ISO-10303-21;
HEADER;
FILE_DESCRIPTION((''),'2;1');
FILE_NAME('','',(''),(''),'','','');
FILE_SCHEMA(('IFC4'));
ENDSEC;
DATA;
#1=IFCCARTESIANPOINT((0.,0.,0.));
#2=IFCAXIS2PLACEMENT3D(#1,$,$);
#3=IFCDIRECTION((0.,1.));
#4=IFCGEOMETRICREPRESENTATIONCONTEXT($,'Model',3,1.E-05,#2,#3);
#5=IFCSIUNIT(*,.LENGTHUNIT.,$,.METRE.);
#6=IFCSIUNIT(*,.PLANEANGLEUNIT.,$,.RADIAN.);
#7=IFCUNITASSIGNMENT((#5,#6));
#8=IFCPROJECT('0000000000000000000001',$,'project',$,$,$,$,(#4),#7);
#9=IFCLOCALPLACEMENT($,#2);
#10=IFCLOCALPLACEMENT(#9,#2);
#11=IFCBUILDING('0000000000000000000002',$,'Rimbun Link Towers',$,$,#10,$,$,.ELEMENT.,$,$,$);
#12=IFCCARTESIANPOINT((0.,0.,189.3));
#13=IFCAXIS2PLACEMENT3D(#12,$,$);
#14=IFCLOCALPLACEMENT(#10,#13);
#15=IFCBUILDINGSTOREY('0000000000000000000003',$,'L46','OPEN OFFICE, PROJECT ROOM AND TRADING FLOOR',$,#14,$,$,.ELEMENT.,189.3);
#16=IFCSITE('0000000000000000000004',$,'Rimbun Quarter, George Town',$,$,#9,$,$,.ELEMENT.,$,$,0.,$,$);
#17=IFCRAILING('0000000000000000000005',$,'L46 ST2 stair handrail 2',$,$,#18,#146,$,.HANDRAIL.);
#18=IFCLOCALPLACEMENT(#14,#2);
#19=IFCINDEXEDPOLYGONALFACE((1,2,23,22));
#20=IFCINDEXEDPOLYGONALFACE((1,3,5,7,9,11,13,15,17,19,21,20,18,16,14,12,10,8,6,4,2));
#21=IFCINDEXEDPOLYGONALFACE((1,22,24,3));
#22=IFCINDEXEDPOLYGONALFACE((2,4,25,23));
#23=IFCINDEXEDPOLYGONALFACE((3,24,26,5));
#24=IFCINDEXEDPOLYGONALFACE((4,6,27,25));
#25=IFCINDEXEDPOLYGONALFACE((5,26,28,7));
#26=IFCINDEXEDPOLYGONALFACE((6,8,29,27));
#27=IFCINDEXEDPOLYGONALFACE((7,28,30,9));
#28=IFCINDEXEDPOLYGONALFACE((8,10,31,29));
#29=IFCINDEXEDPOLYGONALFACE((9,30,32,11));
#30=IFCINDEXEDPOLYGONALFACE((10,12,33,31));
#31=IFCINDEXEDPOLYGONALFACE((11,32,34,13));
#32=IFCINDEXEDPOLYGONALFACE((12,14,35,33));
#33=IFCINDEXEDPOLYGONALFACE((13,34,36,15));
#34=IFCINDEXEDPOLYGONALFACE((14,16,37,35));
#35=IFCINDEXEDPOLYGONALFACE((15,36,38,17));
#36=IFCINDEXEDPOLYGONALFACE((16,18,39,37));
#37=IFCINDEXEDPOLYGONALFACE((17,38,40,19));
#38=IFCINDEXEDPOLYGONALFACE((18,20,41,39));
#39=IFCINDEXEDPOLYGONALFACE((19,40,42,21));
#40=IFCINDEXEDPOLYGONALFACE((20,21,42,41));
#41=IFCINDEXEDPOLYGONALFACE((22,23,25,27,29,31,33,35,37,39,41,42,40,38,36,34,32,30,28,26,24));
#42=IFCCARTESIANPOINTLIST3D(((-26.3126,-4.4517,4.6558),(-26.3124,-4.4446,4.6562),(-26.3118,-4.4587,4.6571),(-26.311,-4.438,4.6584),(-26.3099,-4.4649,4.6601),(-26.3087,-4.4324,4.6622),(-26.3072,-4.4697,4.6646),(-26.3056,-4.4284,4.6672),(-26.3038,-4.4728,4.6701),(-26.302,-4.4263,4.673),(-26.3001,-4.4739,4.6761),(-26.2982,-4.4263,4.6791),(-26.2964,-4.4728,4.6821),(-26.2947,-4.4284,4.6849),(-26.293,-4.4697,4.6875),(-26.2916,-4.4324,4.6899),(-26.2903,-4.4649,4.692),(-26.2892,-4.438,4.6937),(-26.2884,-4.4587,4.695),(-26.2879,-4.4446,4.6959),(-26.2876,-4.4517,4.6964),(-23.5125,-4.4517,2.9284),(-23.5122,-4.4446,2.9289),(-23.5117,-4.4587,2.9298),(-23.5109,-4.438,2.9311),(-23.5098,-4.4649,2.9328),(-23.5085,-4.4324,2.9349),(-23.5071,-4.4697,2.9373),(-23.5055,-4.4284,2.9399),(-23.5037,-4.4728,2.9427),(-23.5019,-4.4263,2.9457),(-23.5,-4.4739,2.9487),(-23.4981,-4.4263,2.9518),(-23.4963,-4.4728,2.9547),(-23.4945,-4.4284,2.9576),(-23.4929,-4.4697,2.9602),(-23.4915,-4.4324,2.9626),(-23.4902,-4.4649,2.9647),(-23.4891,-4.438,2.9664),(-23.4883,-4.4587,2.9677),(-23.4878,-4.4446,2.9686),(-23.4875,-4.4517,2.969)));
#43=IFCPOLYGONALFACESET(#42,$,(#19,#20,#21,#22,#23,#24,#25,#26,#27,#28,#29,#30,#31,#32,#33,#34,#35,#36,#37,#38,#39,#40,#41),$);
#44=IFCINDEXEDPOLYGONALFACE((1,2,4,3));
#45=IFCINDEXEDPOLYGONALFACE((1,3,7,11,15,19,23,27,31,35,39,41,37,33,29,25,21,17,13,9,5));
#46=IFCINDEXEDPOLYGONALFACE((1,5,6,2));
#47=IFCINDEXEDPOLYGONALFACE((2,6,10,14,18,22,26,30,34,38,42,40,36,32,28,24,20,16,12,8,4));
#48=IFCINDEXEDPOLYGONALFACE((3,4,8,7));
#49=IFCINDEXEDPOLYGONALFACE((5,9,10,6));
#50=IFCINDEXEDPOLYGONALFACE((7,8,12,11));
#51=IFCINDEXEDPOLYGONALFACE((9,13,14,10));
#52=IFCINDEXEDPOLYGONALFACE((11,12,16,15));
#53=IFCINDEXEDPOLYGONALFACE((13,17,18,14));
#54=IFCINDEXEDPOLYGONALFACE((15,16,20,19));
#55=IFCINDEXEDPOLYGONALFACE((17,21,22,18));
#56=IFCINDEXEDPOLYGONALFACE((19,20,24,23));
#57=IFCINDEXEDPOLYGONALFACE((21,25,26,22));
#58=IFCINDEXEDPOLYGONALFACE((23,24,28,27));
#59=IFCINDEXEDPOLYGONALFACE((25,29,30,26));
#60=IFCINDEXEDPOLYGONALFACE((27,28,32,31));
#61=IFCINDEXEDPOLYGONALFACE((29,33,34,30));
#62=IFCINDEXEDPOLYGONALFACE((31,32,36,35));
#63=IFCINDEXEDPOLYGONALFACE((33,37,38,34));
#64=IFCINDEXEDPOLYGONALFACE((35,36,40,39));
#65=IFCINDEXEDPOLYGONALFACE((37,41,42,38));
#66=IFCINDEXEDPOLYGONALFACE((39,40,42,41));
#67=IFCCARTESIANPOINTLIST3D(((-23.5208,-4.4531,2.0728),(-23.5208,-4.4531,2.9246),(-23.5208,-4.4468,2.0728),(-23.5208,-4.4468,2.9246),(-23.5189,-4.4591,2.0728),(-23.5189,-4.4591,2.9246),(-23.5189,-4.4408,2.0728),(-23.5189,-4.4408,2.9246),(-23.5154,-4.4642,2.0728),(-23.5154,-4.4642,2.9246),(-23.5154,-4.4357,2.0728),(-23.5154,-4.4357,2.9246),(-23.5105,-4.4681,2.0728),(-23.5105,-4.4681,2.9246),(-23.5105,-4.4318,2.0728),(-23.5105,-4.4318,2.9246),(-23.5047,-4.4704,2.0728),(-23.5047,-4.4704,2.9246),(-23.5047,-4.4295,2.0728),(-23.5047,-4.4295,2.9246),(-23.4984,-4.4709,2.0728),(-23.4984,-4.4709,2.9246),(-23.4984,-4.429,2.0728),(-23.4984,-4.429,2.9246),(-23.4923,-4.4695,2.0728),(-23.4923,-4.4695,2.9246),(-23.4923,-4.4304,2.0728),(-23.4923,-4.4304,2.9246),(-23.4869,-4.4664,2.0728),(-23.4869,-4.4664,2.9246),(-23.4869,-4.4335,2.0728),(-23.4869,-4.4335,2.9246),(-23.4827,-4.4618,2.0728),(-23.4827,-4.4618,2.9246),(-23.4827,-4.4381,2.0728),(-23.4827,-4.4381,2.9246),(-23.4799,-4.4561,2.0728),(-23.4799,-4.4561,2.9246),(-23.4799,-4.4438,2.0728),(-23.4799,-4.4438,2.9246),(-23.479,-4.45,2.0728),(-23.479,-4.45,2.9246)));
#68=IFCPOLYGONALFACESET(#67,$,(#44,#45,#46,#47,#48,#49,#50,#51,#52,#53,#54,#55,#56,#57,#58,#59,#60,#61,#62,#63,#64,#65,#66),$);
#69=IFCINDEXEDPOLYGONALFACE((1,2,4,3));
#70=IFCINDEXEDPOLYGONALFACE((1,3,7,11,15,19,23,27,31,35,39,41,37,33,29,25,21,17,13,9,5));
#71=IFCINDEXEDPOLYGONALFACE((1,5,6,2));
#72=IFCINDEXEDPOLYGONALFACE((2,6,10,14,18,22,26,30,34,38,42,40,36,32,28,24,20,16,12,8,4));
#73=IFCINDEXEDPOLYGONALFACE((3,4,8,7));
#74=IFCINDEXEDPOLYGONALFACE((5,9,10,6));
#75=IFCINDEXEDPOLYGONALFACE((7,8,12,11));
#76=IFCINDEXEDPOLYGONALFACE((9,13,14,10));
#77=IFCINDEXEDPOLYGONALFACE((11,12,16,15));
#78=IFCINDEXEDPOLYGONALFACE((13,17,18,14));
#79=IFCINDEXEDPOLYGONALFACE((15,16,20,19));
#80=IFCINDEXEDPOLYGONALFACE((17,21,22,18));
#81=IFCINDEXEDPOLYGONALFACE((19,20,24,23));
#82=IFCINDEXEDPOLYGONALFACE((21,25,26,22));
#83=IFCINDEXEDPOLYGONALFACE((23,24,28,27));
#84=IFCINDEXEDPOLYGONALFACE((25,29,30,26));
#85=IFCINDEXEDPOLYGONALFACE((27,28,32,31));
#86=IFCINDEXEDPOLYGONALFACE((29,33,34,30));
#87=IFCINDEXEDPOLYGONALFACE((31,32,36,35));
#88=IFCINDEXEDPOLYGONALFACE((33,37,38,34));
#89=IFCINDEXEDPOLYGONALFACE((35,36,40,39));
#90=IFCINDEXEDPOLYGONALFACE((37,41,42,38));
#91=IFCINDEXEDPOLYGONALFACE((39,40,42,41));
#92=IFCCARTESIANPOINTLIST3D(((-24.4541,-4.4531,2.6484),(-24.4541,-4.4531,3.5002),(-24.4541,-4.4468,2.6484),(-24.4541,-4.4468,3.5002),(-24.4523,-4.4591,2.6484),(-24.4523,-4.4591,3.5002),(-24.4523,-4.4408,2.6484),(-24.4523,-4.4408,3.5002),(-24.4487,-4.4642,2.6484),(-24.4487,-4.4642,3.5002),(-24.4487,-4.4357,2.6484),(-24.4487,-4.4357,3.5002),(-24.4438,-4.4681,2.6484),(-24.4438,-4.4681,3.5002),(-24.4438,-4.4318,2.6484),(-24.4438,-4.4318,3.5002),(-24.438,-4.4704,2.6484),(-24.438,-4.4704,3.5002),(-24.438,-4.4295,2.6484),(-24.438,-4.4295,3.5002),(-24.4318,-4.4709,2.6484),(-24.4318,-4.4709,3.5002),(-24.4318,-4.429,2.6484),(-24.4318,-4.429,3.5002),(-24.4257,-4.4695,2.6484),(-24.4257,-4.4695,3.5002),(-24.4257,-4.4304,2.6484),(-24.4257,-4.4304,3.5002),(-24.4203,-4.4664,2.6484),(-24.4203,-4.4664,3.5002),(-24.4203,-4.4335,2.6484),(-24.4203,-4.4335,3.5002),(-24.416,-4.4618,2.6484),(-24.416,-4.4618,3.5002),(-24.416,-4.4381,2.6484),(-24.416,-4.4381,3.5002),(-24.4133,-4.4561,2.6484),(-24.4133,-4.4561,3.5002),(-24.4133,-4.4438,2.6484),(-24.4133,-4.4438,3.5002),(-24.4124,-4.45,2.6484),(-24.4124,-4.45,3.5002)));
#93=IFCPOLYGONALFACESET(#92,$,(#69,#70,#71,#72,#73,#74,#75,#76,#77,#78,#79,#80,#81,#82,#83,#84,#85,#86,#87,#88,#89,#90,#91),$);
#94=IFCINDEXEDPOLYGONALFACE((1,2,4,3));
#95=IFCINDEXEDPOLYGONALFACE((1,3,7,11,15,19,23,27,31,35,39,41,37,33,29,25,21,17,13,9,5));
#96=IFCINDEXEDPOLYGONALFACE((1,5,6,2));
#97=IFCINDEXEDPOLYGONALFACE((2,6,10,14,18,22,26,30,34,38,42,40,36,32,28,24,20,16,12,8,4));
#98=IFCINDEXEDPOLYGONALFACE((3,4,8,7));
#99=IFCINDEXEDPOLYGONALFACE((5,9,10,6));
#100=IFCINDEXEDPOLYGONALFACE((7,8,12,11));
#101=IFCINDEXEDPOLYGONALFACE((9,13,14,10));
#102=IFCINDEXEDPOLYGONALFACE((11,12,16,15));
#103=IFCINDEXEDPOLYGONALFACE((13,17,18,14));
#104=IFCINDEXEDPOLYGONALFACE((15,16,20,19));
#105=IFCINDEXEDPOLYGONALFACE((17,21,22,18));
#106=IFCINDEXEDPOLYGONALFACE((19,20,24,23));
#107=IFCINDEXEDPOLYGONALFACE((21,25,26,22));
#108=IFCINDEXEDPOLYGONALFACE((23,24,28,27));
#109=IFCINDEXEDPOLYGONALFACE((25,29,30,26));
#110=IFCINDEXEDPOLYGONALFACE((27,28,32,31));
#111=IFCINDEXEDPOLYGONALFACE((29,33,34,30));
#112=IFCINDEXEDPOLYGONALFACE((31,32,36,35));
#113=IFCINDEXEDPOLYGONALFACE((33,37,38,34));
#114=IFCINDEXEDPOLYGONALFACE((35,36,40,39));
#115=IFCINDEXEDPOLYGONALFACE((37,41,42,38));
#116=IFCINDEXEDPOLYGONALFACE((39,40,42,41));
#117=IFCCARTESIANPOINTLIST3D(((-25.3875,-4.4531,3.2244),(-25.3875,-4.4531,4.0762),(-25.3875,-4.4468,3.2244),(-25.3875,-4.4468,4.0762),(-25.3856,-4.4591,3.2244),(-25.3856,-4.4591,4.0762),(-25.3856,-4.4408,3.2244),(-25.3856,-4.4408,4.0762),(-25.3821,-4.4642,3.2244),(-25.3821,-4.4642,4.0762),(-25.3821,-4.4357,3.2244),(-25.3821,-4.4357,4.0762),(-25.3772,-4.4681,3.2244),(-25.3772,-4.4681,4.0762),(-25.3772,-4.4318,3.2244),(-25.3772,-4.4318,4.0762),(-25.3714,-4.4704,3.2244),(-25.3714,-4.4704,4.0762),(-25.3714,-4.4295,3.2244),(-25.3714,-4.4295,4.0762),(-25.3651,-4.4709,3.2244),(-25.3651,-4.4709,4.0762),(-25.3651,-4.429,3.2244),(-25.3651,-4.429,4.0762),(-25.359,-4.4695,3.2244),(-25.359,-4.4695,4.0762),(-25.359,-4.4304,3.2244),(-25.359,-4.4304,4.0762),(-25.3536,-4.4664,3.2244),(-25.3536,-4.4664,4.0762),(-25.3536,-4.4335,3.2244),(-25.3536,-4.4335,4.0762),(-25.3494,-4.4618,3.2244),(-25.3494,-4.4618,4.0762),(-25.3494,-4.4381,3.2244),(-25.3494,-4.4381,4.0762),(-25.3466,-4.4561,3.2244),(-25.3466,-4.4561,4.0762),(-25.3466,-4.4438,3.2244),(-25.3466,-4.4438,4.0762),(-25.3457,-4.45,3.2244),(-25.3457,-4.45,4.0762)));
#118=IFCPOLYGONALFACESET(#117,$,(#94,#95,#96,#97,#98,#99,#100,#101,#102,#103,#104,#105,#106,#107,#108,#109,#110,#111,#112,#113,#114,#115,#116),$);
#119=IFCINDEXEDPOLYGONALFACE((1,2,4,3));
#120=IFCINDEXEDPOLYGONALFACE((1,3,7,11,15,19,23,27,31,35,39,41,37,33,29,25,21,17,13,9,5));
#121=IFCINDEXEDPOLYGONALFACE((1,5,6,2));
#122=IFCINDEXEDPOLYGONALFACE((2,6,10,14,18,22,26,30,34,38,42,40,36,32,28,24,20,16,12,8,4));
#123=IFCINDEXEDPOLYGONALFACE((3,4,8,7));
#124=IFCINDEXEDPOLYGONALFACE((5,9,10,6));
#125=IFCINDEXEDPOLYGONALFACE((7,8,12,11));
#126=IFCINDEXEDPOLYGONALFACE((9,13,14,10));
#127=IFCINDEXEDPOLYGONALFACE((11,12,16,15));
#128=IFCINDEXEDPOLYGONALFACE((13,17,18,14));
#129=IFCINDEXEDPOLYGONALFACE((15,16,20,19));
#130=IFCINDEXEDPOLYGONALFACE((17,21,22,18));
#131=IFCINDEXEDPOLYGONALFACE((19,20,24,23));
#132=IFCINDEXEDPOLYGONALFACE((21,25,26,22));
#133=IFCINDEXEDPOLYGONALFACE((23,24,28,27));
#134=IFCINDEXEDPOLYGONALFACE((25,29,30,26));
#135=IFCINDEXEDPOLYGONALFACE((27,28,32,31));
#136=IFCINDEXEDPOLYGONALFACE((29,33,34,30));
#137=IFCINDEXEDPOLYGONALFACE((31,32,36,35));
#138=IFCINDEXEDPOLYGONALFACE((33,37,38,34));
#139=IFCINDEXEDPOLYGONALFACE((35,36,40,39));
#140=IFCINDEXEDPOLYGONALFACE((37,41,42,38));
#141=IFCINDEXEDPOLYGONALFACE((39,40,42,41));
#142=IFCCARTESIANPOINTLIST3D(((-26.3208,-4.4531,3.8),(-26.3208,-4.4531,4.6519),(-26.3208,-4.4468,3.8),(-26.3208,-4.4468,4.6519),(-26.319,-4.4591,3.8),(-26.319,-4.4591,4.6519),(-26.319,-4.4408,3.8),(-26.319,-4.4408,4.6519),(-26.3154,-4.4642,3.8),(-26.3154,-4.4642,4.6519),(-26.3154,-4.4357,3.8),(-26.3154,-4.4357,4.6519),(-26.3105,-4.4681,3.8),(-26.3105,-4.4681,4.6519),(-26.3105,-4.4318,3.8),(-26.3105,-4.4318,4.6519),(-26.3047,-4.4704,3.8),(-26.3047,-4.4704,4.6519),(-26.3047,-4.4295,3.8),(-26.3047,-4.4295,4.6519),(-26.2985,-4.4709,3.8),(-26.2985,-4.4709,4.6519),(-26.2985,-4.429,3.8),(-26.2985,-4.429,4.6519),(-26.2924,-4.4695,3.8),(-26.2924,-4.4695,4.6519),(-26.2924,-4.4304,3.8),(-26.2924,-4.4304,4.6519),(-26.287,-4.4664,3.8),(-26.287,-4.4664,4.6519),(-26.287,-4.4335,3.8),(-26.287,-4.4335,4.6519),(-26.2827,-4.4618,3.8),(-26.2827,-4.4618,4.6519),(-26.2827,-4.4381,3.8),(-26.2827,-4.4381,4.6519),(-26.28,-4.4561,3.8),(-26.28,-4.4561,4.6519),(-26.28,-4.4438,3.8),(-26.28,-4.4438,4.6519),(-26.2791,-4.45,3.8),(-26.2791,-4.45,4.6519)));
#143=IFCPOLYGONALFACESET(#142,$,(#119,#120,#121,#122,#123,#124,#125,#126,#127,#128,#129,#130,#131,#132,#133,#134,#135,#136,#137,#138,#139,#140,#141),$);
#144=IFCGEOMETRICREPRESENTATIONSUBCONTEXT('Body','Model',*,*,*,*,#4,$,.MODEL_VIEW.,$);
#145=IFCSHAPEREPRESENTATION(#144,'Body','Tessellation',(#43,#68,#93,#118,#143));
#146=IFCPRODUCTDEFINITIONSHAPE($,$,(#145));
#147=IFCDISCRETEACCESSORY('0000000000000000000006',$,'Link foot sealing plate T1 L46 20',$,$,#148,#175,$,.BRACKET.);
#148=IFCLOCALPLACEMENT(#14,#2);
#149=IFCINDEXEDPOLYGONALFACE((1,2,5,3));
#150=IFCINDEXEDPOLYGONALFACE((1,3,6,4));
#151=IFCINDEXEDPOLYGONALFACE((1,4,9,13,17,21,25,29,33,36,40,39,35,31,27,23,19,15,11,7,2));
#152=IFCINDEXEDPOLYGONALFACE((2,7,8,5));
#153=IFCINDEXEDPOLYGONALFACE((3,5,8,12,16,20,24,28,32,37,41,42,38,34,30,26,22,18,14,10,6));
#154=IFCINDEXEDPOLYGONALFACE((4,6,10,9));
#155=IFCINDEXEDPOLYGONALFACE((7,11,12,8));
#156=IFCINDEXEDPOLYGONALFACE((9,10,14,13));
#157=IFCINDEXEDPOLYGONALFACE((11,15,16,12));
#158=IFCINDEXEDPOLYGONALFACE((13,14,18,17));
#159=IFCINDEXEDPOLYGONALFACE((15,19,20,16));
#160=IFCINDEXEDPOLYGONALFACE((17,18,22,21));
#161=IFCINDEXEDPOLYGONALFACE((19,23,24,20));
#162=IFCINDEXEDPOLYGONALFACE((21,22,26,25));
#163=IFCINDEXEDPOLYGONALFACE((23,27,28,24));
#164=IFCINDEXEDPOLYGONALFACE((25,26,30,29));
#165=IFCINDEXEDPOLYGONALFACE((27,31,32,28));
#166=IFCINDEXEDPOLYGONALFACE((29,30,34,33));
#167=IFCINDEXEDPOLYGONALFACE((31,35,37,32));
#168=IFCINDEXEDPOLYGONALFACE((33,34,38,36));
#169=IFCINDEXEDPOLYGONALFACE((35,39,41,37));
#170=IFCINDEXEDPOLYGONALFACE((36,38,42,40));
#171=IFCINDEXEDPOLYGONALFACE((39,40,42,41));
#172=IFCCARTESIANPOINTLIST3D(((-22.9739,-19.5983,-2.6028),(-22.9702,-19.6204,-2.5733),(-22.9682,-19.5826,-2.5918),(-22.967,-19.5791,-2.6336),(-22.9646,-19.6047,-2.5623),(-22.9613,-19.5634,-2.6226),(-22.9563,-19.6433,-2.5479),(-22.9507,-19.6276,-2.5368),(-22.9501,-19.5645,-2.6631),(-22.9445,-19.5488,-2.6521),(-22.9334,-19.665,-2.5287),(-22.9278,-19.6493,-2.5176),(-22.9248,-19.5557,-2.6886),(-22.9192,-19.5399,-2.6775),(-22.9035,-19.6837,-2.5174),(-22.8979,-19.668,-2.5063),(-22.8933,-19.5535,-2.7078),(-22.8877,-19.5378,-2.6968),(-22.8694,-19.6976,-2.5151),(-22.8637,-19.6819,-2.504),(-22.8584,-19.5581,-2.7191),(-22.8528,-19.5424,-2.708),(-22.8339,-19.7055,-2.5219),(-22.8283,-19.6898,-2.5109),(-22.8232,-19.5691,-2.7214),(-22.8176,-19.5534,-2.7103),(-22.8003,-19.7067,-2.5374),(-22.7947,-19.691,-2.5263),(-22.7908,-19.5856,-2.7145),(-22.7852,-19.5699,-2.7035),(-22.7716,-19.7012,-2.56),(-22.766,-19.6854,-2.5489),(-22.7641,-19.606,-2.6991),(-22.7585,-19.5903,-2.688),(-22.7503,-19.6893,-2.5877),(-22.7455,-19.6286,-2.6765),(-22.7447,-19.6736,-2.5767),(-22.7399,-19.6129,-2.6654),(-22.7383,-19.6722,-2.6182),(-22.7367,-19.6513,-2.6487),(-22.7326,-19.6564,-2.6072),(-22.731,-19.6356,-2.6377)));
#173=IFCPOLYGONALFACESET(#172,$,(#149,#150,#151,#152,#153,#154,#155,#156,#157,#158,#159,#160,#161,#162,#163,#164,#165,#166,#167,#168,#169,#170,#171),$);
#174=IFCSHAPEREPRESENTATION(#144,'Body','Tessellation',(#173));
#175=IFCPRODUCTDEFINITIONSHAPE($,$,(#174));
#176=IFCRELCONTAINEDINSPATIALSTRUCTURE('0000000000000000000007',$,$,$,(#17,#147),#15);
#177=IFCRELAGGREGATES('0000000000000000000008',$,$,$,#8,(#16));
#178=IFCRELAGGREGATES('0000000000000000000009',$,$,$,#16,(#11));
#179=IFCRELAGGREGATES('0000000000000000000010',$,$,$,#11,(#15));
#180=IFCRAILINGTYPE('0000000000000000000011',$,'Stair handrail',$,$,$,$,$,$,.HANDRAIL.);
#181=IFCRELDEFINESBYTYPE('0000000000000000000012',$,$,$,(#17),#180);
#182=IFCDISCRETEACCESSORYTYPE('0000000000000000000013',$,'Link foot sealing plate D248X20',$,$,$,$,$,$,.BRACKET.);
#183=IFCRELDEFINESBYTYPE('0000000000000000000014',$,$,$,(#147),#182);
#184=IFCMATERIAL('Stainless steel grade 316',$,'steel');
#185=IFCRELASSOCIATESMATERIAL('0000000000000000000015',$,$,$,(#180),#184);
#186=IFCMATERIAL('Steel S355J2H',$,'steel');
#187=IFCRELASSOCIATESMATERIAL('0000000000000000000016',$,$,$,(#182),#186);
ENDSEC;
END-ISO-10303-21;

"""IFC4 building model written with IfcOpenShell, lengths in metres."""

from ifc_helpers import new_model, si_unit, direction, frame, origin, origin_2d, place, context, subcontext, project, spatial, circle, extrude, material, material_profile, profile_set, type_object, element, save


model = new_model("IFC4")

# Units and contexts
model_context = context("Model", 3, precision=1e-05, world=origin(), true_north=direction((0.0, 1.0)))
body_context = subcontext(model_context, "Body", "Model", "MODEL_VIEW")
ifc_project = project(units=[si_unit("LENGTHUNIT", "METRE"), si_unit("PLANEANGLEUNIT", "RADIAN")], contexts=[model_context])

# Site, building, storey
site_placement = place(None, origin())
site = spatial("IfcSite", under=ifc_project, at=site_placement, Name="Rimbun Quarter, George Town", CompositionType="ELEMENT", RefElevation=0.0)
building_placement = place(site_placement, origin())
building = spatial("IfcBuilding", under=site, at=building_placement, Name="Rimbun Link Towers", CompositionType="ELEMENT")
storey_placement = place(building_placement, frame((0.0, 0.0, 189.3)))
storey = spatial("IfcBuildingStorey", under=building, at=storey_placement, Name="L46", Description="OPEN OFFICE, PROJECT ROOM AND TRADING FLOOR", CompositionType="ELEMENT", Elevation=189.3)

# Railing
ifc_material_1 = material(Name="Stainless steel grade 316", Category="steel")
railing_type_1 = type_object("IfcRailingType", Name="Stair handrail", PredefinedType="HANDRAIL", material=ifc_material_1)
railing_1_placement = place(storey_placement, frame((-23.5, -4.45, 2.0728)))
element("IfcRailing", 1, at=railing_1_placement, inside=storey, type_object=railing_type_1, Name="L46 ST2 stair handrail 2", PredefinedType="HANDRAIL", context=body_context, shape_type="SweptSolid", body=[
    extrude(circle(Radius=0.0239, at=origin_2d()), frame((0.0, 0.0, 0.876), z_axis=(-0.85109, 0.0, 0.52502), x_axis=(0.0, -1.0, 0.0)), (0.0, 0.0, 1.0), 3.29),
    extrude(circle(Radius=0.021, at=origin_2d()), origin(), (0.0, 0.0, 1.0), 0.8518),
    extrude(circle(Radius=0.021, at=origin_2d()), frame((-0.9333, 0.0, 0.5757)), (0.0, 0.0, 1.0), 0.8518),
    extrude(circle(Radius=0.021, at=origin_2d()), frame((-1.8667, 0.0, 1.1516)), (0.0, 0.0, 1.0), 0.8518),
    extrude(circle(Radius=0.021, at=origin_2d()), frame((-2.8, 0.0, 1.7273)), (0.0, 0.0, 1.0), 0.8518),
])

# Discrete accessory
ifc_material_2 = material(Name="Steel S355J2H", Category="steel")
ifc_material_profile_1 = material_profile(ifc_material_2, circle(Radius=0.124, at=origin_2d()), Name="PL D248")
ifc_profile_set_1 = profile_set([ifc_material_profile_1], Name="Steel S355J2H")
discrete_accessory_type = type_object("IfcDiscreteAccessoryType", Name="Link foot sealing plate D248X20", PredefinedType="BRACKET", material=ifc_profile_set_1)
discrete_accessory_placement = place(storey_placement, frame((-22.8494, -19.6145, -2.6072), z_axis=(-0.282044, -0.784818, -0.551825), x_axis=(0.941075, -0.338199, 0.0)))
element("IfcDiscreteAccessory", 2, at=discrete_accessory_placement, inside=storey, type_object=discrete_accessory_type, Name="Link foot sealing plate T1 L46 20", PredefinedType="BRACKET", context=body_context, shape_type="SweptSolid", body=[
    extrude(circle(Radius=0.124, at=origin_2d()), origin(), (0.0, 0.0, 1.0), 0.02),
])

save(model, "model.ifc")
